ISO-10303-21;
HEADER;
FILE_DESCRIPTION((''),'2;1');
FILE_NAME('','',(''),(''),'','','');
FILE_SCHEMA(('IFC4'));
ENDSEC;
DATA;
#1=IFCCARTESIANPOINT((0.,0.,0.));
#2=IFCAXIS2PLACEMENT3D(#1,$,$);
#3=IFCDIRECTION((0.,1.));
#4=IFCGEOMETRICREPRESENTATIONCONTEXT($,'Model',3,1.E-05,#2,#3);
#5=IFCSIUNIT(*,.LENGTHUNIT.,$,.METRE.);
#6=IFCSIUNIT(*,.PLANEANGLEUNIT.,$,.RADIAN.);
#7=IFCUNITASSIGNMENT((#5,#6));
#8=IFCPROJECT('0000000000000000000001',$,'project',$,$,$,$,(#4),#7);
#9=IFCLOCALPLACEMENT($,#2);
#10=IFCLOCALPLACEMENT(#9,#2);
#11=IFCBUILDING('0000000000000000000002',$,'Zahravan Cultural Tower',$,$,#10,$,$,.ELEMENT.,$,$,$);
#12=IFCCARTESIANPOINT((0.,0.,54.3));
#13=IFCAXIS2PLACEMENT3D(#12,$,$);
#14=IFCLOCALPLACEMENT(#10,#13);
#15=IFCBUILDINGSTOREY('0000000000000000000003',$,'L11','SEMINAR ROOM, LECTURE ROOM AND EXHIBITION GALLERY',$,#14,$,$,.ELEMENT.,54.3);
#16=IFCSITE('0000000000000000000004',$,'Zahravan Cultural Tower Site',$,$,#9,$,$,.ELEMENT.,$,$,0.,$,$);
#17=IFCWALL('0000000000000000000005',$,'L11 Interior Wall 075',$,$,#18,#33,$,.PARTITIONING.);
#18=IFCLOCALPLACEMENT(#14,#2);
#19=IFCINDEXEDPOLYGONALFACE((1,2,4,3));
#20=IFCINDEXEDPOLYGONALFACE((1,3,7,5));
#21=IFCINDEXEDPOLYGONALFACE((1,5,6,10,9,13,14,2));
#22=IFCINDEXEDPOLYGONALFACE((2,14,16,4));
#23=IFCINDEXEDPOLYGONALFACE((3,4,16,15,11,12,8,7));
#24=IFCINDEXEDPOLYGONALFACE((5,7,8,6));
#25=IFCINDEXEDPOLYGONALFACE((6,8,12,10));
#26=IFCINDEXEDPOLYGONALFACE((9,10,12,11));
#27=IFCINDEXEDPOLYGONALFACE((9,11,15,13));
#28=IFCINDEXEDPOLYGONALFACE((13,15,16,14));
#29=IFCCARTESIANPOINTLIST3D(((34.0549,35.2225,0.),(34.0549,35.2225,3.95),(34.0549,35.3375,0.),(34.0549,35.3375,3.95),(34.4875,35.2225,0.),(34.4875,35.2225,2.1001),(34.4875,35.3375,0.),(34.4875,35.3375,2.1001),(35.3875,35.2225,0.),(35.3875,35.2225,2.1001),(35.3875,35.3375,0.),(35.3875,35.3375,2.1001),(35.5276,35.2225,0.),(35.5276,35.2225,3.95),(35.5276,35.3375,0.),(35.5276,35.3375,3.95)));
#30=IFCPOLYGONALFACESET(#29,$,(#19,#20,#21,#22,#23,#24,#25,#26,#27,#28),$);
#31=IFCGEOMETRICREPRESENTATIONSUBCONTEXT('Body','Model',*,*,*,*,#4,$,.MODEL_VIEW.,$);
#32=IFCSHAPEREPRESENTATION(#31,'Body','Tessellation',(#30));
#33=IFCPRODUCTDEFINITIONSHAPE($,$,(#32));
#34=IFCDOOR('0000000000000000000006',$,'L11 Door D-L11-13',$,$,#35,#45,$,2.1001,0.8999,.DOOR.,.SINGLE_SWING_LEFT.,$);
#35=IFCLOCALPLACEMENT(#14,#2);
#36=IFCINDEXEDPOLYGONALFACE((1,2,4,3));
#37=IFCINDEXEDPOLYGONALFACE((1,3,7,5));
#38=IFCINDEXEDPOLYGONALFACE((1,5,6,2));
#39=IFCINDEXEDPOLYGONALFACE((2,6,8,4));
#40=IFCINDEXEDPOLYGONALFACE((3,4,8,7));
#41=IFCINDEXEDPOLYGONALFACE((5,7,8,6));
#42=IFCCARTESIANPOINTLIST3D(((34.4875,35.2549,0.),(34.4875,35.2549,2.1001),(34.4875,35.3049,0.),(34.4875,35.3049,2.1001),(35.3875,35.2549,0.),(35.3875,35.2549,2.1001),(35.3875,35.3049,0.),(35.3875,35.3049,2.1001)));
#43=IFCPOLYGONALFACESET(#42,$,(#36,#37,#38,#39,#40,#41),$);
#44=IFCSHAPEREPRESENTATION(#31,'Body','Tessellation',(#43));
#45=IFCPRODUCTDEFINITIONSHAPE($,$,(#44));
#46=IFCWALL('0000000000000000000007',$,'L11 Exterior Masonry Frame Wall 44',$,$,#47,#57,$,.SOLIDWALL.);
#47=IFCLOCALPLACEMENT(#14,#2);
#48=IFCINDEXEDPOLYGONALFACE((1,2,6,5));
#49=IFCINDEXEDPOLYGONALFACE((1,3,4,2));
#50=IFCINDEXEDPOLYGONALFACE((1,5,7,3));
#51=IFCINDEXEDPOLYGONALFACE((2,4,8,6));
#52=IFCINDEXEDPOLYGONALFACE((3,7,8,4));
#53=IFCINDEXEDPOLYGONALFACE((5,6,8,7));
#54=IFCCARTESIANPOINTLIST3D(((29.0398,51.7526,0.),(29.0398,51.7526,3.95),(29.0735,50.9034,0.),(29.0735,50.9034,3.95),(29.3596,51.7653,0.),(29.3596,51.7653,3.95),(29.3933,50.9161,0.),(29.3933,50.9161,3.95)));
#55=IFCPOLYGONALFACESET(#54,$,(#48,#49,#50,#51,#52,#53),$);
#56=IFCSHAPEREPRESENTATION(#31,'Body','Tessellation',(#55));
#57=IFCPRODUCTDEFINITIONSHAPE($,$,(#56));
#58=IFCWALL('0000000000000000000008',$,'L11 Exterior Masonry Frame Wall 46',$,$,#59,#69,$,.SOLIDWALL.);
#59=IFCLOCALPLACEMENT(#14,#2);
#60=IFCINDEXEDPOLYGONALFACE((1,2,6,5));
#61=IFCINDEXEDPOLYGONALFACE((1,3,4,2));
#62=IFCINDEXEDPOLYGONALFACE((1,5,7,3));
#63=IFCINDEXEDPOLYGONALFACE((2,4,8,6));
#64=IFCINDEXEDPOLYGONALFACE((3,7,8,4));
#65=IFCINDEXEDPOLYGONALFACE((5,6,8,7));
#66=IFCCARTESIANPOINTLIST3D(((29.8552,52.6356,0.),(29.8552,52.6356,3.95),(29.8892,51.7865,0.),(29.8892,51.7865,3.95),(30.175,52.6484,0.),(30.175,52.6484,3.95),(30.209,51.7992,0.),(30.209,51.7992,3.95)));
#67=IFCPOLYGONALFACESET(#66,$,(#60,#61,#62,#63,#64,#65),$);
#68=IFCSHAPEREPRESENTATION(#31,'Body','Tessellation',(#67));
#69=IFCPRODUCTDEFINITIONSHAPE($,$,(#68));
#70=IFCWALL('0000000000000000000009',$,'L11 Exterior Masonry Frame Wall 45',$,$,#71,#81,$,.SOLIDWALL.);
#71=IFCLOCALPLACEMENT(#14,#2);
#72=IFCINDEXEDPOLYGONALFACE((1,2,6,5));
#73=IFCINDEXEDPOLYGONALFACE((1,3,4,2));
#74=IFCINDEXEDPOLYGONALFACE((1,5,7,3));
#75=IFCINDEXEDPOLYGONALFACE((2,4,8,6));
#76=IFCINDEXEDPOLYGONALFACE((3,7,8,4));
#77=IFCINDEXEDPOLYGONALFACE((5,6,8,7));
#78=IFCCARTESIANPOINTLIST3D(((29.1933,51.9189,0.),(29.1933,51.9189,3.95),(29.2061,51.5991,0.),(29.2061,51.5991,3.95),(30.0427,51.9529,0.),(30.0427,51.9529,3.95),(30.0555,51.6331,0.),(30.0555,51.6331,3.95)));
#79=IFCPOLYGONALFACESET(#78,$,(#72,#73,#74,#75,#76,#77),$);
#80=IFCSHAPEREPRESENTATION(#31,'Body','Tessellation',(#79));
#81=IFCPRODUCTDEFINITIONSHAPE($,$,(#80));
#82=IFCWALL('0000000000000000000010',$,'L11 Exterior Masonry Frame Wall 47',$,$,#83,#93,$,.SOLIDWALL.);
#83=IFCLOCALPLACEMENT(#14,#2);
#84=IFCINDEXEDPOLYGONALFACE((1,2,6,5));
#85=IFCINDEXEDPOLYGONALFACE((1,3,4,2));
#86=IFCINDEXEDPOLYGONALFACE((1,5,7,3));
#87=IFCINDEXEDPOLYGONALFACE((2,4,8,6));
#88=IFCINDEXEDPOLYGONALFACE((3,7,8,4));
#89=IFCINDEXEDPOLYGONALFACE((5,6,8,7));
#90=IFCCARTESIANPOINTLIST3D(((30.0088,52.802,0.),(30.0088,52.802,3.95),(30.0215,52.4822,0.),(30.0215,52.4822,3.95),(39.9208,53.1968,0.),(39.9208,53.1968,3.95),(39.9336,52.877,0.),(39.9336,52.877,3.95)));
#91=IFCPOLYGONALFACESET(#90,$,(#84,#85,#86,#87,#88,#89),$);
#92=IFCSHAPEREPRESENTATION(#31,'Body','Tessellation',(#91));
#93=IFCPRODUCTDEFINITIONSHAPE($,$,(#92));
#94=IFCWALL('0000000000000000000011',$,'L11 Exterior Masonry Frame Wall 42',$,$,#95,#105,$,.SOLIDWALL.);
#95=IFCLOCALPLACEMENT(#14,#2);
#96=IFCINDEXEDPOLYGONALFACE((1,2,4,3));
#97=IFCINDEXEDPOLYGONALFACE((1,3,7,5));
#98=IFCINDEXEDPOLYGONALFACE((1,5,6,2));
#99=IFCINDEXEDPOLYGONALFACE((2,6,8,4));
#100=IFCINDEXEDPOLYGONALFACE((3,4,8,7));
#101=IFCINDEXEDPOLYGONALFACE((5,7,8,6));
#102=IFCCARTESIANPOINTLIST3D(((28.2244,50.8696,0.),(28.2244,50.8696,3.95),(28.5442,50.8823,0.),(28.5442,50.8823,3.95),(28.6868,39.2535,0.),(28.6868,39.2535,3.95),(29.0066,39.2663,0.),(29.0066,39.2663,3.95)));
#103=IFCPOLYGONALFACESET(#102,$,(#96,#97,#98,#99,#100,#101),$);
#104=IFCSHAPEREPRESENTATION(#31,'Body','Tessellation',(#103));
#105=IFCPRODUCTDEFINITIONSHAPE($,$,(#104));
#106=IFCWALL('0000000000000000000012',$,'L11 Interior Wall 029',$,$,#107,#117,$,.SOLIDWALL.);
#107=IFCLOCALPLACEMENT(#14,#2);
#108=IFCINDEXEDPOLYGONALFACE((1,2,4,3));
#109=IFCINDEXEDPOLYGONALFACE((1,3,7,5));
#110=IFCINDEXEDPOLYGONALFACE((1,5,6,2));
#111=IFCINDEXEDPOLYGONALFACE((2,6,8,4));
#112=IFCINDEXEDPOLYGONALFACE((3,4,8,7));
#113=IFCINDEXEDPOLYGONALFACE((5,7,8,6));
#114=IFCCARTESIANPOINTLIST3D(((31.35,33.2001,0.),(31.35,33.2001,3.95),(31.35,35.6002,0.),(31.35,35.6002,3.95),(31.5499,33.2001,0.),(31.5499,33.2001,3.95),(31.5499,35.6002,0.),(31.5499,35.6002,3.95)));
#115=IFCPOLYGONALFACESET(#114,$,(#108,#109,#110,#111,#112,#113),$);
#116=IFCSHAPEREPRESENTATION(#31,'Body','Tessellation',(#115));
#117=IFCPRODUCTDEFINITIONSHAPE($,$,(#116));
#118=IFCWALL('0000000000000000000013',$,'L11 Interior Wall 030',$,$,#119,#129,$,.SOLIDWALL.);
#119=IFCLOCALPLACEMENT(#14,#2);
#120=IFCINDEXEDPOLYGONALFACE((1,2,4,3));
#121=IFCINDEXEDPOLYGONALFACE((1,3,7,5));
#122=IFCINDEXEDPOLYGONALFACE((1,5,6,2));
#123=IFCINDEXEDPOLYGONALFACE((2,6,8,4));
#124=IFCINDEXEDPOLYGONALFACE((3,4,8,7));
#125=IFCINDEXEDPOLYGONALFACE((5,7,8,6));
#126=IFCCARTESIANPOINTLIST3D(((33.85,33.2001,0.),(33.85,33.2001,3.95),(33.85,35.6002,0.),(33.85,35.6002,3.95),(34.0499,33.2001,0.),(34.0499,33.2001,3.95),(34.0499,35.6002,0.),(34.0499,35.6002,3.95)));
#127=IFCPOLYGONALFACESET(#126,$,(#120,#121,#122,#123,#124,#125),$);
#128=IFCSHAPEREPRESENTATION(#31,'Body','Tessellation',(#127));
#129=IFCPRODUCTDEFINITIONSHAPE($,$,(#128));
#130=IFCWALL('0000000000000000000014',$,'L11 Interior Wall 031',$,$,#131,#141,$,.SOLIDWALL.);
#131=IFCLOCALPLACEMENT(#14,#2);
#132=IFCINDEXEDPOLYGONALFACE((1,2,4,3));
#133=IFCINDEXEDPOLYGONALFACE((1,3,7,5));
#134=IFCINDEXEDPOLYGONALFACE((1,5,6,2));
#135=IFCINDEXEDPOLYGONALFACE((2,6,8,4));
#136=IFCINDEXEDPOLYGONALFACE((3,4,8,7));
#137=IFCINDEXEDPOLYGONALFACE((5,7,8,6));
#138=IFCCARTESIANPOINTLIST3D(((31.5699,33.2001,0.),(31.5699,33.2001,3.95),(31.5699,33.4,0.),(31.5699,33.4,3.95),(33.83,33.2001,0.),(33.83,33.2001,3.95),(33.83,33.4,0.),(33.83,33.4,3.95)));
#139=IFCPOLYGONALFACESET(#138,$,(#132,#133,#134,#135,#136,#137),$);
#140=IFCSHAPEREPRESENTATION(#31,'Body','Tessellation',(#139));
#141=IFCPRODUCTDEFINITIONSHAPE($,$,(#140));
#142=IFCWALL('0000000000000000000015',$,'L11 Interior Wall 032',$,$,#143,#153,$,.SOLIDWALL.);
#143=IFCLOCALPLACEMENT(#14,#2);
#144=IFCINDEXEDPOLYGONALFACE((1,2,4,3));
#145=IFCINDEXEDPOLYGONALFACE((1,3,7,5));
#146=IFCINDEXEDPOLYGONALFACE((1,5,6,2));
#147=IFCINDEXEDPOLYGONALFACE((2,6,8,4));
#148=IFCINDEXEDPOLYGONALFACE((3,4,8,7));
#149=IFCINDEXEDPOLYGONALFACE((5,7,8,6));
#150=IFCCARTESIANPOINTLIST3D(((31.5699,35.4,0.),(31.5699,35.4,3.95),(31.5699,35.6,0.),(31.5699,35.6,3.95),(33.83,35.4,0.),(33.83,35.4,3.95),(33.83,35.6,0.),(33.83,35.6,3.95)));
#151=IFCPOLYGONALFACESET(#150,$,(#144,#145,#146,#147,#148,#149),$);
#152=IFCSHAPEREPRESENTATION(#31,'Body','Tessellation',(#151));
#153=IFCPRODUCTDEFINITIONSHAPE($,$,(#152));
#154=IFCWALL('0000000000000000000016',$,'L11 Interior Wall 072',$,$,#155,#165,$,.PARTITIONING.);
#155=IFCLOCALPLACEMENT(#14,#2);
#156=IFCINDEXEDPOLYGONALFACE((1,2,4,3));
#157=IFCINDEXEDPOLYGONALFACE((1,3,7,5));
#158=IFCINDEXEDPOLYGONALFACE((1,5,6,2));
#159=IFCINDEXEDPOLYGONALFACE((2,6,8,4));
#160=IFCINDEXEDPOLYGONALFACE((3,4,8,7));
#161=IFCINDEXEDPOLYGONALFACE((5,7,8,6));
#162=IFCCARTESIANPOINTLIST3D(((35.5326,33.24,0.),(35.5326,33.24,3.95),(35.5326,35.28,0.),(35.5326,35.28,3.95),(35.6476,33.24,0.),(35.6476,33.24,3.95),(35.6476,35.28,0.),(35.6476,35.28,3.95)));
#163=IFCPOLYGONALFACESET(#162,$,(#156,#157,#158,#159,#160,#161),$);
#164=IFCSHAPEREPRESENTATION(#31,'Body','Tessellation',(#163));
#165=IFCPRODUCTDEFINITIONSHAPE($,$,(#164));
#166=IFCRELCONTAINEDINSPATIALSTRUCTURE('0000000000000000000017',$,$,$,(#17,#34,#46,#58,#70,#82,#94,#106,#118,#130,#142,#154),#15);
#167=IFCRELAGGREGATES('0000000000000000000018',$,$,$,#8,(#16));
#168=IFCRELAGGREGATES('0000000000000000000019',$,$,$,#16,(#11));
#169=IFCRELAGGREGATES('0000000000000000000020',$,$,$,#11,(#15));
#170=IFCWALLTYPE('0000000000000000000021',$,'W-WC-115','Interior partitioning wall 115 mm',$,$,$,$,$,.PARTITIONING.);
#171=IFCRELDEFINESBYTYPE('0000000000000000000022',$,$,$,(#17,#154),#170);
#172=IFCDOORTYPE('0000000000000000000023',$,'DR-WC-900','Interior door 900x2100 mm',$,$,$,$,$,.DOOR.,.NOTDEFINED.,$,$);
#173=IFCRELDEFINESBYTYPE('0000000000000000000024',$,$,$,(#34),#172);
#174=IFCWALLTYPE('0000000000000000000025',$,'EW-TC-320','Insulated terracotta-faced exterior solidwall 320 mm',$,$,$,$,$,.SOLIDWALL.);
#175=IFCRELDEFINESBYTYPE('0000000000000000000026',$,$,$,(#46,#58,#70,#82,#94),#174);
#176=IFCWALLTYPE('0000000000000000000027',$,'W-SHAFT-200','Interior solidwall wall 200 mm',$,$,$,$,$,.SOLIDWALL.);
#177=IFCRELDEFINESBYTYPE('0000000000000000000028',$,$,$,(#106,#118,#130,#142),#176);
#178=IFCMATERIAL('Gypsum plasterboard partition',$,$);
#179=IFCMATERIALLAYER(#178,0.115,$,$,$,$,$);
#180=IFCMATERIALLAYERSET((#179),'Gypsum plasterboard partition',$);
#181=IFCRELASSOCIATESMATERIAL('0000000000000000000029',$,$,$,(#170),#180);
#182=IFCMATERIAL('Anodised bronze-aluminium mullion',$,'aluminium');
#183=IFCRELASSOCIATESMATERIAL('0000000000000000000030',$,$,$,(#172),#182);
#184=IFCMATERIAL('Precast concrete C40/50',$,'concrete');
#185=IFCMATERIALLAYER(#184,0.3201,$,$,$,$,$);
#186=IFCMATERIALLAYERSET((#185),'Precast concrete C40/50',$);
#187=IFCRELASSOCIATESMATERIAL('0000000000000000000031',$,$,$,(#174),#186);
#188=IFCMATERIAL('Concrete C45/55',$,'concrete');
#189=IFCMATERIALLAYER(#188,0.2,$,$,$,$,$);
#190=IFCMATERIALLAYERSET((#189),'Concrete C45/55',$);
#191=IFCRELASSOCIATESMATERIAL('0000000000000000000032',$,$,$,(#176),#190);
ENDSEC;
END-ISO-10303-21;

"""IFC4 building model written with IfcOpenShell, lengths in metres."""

from ifc_helpers import new_model, si_unit, direction, frame, frame_2d, origin, place, context, subcontext, project, spatial, rectangle, extrude, source, transform, mapped, material, layer, layer_set, type_object, element, fill, save


model = new_model("IFC4")

# Units and contexts
model_context = context("Model", 3, precision=1e-05, world=origin(), true_north=direction((0.0, 1.0)))
body_context = subcontext(model_context, "Body", "Model", "MODEL_VIEW")
ifc_project = project(units=[si_unit("LENGTHUNIT", "METRE"), si_unit("PLANEANGLEUNIT", "RADIAN")], contexts=[model_context])

# Site, building, storey
site_placement = place(None, origin())
site = spatial("IfcSite", under=ifc_project, at=site_placement, Name="Zahravan Cultural Tower Site", CompositionType="ELEMENT", RefElevation=0.0)
building_placement = place(site_placement, origin())
building = spatial("IfcBuilding", under=site, at=building_placement, Name="Zahravan Cultural Tower", CompositionType="ELEMENT")
storey_placement = place(building_placement, frame((0.0, 0.0, 54.3)))
storey = spatial("IfcBuildingStorey", under=building, at=storey_placement, Name="L11", Description="SEMINAR ROOM, LECTURE ROOM AND EXHIBITION GALLERY", CompositionType="ELEMENT", Elevation=54.3)

# Wall, opening, door
ifc_material_1 = material(Name="Gypsum plasterboard partition")
ifc_material_2 = material(Name="Anodised bronze-aluminium mullion", Category="aluminium")
ifc_layer_1 = layer(ifc_material_1, 0.115)
ifc_layer_set_1 = layer_set([ifc_layer_1], Name="Gypsum plasterboard partition")
wall_type_1 = type_object("IfcWallType", Name="W-WC-115", Description="Interior partitioning wall 115 mm", PredefinedType="PARTITIONING", material=ifc_layer_set_1)
wall_1_placement = place(storey_placement, frame((34.0549, 35.28, 0.0), z_axis=(0.0, 0.0, 1.0), x_axis=(1.0, 0.0, 0.0)))
wall_1 = element("IfcWall", 1, at=wall_1_placement, inside=storey, type_object=wall_type_1, Name="L11 Interior Wall 075", PredefinedType="PARTITIONING", context=body_context, shape_type="SweptSolid", body=[
    extrude(rectangle(XDim=1.4727, YDim=0.115, at=frame_2d((0.7363, 0.0))), origin(), (0.0, 0.0, 1.0), 3.95),
])
opening_1_placement = place(wall_1_placement, frame((0.4326, 0.0, 0.0)))
opening_1 = element("IfcOpeningElement", 2, at=opening_1_placement, cuts=wall_1, PredefinedType="OPENING", context=body_context, shape_type="SweptSolid", body=[
    extrude(rectangle(XDim=0.8999, YDim=2.1001, at=frame_2d((0.45, 1.05))), frame((0.0, 0.0674, 0.0), z_axis=(0.0, -1.0, 0.0), x_axis=(1.0, 0.0, 0.0)), (0.0, 0.0, 1.0), 0.135),
])
door_type_1 = type_object("IfcDoorType", Name="DR-WC-900", Description="Interior door 900x2100 mm", OperationType="NOTDEFINED", PredefinedType="DOOR", material=ifc_material_2)
shared_shape_1 = source(origin(), body_context, "Body", "SweptSolid", [
    extrude(rectangle(XDim=0.8999, YDim=2.1001, at=frame_2d((0.45, 1.05))), frame((0.0, 0.0249, 0.0), z_axis=(0.0, -1.0, 0.0), x_axis=(1.0, 0.0, 0.0)), (0.0, 0.0, 1.0), 0.05),
])
door_1_placement = place(opening_1_placement, origin())
door_1 = element("IfcDoor", 3, at=door_1_placement, inside=storey, type_object=door_type_1, Name="L11 Door D-L11-13", OperationType="SINGLE_SWING_LEFT", OverallHeight=2.1001, OverallWidth=0.8999, PredefinedType="DOOR", context=body_context, shape_type="MappedRepresentation", body=[
    mapped(shared_shape_1, transform((0.0, 0.0, 0.0), x_axis=(1.0, 0.0, 0.0), y_axis=(0.0, 1.0, 0.0), z_axis=(0.0, 0.0, 1.0), scale=1.0)),
])
fill(opening_1, door_1)

# Walls
ifc_material_3 = material(Name="Precast concrete C40/50", Category="concrete")
ifc_layer_2 = layer(ifc_material_3, 0.3201)
ifc_layer_set_2 = layer_set([ifc_layer_2], Name="Precast concrete C40/50")
wall_type_2 = type_object("IfcWallType", Name="EW-TC-320", Description="Insulated terracotta-faced exterior solidwall 320 mm", PredefinedType="SOLIDWALL", material=ifc_layer_set_2)
shared_shape_2 = source(origin(), body_context, "Body", "SweptSolid", [
    extrude(rectangle(XDim=0.8499, YDim=0.3201, at=frame_2d((0.4248, 0.0))), origin(), (0.0, 0.0, 1.0), 3.95),
])
for number, where, z_axis, x_axis, name in (
    (4, (29.2334, 50.9099, 0.0), (0.0, 0.0, 1.0), (-0.039647, 0.999214, 0.0), "L11 Exterior Masonry Frame Wall 44"),
    (5, (30.0491, 51.793, 0.0), (0.0, 0.0, 1.0), (-0.039934, 0.999202, 0.0), "L11 Exterior Masonry Frame Wall 46"),
):
    element("IfcWall", number, at=place(storey_placement, frame(where, z_axis=z_axis, x_axis=x_axis)), inside=storey, type_object=wall_type_2, Name=name, PredefinedType="SOLIDWALL", context=body_context, shape_type="MappedRepresentation", body=[
        mapped(shared_shape_2, transform((0.0, 0.0, 0.0), x_axis=(1.0, 0.0, 0.0), y_axis=(0.0, 1.0, 0.0), z_axis=(0.0, 0.0, 1.0), scale=1.0)),
    ])
shared_shape_3 = source(origin(), body_context, "Body", "SweptSolid", [
    extrude(rectangle(XDim=0.8501, YDim=0.3201, at=frame_2d((0.425, 0.0))), origin(), (0.0, 0.0, 1.0), 3.95),
])
wall_2_placement = place(storey_placement, frame((29.1997, 51.759, 0.0), z_axis=(0.0, 0.0, 1.0), x_axis=(0.999203, 0.039922, 0.0)))
element("IfcWall", 6, at=wall_2_placement, inside=storey, type_object=wall_type_2, Name="L11 Exterior Masonry Frame Wall 45", PredefinedType="SOLIDWALL", context=body_context, shape_type="MappedRepresentation", body=[
    mapped(shared_shape_3, transform((0.0, 0.0, 0.0), x_axis=(1.0, 0.0, 0.0), y_axis=(0.0, 1.0, 0.0), z_axis=(0.0, 0.0, 1.0), scale=1.0)),
])
shared_shape_4 = source(origin(), body_context, "Body", "SweptSolid", [
    extrude(rectangle(XDim=9.9199, YDim=0.3201, at=frame_2d((4.96, 0.0))), origin(), (0.0, 0.0, 1.0), 3.95),
])
wall_3_placement = place(storey_placement, frame((30.0151, 52.6421, 0.0), z_axis=(0.0, 0.0, 1.0), x_axis=(0.999208, 0.039796, 0.0)))
element("IfcWall", 7, at=wall_3_placement, inside=storey, type_object=wall_type_2, Name="L11 Exterior Masonry Frame Wall 47", PredefinedType="SOLIDWALL", context=body_context, shape_type="MappedRepresentation", body=[
    mapped(shared_shape_4, transform((0.0, 0.0, 0.0), x_axis=(1.0, 0.0, 0.0), y_axis=(0.0, 1.0, 0.0), z_axis=(0.0, 0.0, 1.0), scale=1.0)),
])
shared_shape_5 = source(origin(), body_context, "Body", "SweptSolid", [
    extrude(rectangle(XDim=11.6252, YDim=0.3201, at=frame_2d((5.8125, 0.0))), origin(), (0.0, 0.0, 1.0), 3.95),
])
wall_4_placement = place(storey_placement, frame((28.8467, 39.26, 0.0), z_axis=(0.0, 0.0, 1.0), x_axis=(-0.039776, 0.999209, 0.0)))
element("IfcWall", 8, at=wall_4_placement, inside=storey, type_object=wall_type_2, Name="L11 Exterior Masonry Frame Wall 42", PredefinedType="SOLIDWALL", context=body_context, shape_type="MappedRepresentation", body=[
    mapped(shared_shape_5, transform((0.0, 0.0, 0.0), x_axis=(1.0, 0.0, 0.0), y_axis=(0.0, 1.0, 0.0), z_axis=(0.0, 0.0, 1.0), scale=1.0)),
])
ifc_material_4 = material(Name="Concrete C45/55", Category="concrete")
ifc_layer_3 = layer(ifc_material_4, 0.2)
ifc_layer_set_3 = layer_set([ifc_layer_3], Name="Concrete C45/55")
wall_type_3 = type_object("IfcWallType", Name="W-SHAFT-200", Description="Interior solidwall wall 200 mm", PredefinedType="SOLIDWALL", material=ifc_layer_set_3)
shared_shape_6 = source(origin(), body_context, "Body", "SweptSolid", [
    extrude(rectangle(XDim=2.4001, YDim=0.2, at=frame_2d((1.2002, 0.0))), origin(), (0.0, 0.0, 1.0), 3.95),
])
for number, where, z_axis, x_axis, name in (
    (9, (31.45, 33.2, 0.0), (0.0, 0.0, 1.0), (0.0, 1.0, 0.0), "L11 Interior Wall 029"),
    (10, (33.95, 33.2, 0.0), (0.0, 0.0, 1.0), (0.0, 1.0, 0.0), "L11 Interior Wall 030"),
):
    element("IfcWall", number, at=place(storey_placement, frame(where, z_axis=z_axis, x_axis=x_axis)), inside=storey, type_object=wall_type_3, Name=name, PredefinedType="SOLIDWALL", context=body_context, shape_type="MappedRepresentation", body=[
        mapped(shared_shape_6, transform((0.0, 0.0, 0.0), x_axis=(1.0, 0.0, 0.0), y_axis=(0.0, 1.0, 0.0), z_axis=(0.0, 0.0, 1.0), scale=1.0)),
    ])
shared_shape_7 = source(origin(), body_context, "Body", "SweptSolid", [
    extrude(rectangle(XDim=2.26, YDim=0.2, at=frame_2d((1.1299, 0.0))), origin(), (0.0, 0.0, 1.0), 3.95),
])
for number, where, z_axis, x_axis, name in (
    (11, (31.5701, 33.3, 0.0), (0.0, 0.0, 1.0), (1.0, 0.0, 0.0), "L11 Interior Wall 031"),
    (12, (31.5701, 35.5, 0.0), (0.0, 0.0, 1.0), (1.0, 0.0, 0.0), "L11 Interior Wall 032"),
):
    element("IfcWall", number, at=place(storey_placement, frame(where, z_axis=z_axis, x_axis=x_axis)), inside=storey, type_object=wall_type_3, Name=name, PredefinedType="SOLIDWALL", context=body_context, shape_type="MappedRepresentation", body=[
        mapped(shared_shape_7, transform((0.0, 0.0, 0.0), x_axis=(1.0, 0.0, 0.0), y_axis=(0.0, 1.0, 0.0), z_axis=(0.0, 0.0, 1.0), scale=1.0)),
    ])
shared_shape_8 = source(origin(), body_context, "Body", "SweptSolid", [
    extrude(rectangle(XDim=2.04, YDim=0.115, at=frame_2d((1.02, 0.0))), origin(), (0.0, 0.0, 1.0), 3.95),
])
wall_5_placement = place(storey_placement, frame((35.5901, 33.24, 0.0), z_axis=(0.0, 0.0, 1.0), x_axis=(0.0, 1.0, 0.0)))
element("IfcWall", 13, at=wall_5_placement, inside=storey, type_object=wall_type_1, Name="L11 Interior Wall 072", PredefinedType="PARTITIONING", context=body_context, shape_type="MappedRepresentation", body=[
    mapped(shared_shape_8, transform((0.0, 0.0, 0.0), x_axis=(1.0, 0.0, 0.0), y_axis=(0.0, 1.0, 0.0), z_axis=(0.0, 0.0, 1.0), scale=1.0)),
])

save(model, "model.ifc")
